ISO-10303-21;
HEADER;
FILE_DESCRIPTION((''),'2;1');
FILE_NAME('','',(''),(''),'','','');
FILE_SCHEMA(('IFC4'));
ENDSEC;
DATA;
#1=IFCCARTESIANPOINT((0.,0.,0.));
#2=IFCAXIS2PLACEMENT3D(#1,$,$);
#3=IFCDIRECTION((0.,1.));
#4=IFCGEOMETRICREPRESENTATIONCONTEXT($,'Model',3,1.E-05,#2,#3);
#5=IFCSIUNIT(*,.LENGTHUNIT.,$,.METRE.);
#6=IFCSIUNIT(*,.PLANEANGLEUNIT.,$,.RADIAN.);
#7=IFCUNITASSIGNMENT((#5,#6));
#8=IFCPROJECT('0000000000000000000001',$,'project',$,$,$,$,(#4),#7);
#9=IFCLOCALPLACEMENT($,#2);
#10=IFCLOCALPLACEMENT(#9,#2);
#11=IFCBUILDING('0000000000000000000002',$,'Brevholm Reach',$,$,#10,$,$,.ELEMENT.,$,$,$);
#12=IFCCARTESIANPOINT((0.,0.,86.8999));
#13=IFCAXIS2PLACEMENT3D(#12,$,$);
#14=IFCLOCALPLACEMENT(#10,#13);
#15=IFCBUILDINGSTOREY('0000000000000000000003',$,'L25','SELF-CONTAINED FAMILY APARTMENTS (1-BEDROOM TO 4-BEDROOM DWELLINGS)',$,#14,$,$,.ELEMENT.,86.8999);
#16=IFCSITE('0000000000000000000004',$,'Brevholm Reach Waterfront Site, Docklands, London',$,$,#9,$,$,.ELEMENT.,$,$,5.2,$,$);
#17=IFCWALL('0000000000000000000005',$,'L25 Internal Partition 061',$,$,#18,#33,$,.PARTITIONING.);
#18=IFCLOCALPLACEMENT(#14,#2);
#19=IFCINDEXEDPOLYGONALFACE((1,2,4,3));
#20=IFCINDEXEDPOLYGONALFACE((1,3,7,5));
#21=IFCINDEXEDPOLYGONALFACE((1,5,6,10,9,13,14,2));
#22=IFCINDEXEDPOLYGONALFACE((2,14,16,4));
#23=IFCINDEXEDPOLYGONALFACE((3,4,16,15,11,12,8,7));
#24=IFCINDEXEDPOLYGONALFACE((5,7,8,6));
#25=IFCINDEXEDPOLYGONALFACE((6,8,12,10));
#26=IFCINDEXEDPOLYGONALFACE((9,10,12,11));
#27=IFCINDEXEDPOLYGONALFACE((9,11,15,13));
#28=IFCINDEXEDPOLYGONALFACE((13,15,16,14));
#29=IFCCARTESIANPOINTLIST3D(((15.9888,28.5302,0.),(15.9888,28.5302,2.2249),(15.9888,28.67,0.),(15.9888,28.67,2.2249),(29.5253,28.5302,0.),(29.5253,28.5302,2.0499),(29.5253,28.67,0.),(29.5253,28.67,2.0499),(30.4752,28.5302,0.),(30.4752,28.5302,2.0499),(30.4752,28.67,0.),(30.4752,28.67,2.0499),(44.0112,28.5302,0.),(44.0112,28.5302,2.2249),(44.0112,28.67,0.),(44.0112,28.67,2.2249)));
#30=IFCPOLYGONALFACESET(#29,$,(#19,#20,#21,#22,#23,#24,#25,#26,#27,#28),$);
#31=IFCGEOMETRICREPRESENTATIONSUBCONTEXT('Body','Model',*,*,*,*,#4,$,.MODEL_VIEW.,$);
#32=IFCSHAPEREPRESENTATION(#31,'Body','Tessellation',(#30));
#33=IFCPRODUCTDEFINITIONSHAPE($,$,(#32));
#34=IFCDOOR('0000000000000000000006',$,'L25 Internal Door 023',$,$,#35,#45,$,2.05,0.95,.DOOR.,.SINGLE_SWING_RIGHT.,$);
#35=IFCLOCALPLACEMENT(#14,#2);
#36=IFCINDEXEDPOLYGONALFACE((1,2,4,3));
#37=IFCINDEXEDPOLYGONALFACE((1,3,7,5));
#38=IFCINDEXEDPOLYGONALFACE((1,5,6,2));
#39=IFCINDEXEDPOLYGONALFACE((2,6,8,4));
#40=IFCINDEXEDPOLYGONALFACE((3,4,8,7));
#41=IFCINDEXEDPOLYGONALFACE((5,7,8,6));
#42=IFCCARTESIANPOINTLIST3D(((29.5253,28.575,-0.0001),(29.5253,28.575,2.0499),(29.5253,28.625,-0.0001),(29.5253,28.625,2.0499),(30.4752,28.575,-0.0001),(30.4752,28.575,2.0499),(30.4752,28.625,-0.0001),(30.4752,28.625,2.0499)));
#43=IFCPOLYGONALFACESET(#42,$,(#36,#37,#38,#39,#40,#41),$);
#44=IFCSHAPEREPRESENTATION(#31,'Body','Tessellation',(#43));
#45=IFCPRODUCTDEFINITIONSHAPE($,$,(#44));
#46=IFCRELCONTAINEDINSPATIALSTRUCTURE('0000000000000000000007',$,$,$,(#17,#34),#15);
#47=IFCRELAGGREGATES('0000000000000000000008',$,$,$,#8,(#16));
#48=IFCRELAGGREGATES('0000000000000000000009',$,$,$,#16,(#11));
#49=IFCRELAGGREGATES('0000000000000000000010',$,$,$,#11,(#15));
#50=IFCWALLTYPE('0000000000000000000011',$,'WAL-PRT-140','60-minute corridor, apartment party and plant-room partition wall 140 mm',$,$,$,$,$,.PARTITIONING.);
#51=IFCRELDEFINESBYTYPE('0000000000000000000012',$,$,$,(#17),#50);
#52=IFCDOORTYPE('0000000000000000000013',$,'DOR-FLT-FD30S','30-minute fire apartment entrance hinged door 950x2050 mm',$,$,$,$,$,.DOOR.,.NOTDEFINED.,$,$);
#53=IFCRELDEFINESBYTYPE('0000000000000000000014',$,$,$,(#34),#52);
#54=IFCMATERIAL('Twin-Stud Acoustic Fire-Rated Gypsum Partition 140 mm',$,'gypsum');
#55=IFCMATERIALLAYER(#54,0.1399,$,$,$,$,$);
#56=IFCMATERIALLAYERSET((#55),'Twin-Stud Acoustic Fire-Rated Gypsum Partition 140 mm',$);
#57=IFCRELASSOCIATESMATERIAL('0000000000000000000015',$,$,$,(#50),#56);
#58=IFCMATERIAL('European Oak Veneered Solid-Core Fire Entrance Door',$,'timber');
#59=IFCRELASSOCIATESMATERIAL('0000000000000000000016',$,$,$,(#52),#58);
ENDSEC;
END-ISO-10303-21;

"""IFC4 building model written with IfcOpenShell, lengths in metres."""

from ifc_helpers import new_model, si_unit, direction, frame, frame_2d, origin, place, context, subcontext, project, spatial, rectangle, extrude, material, layer, layer_set, type_object, element, fill, save


model = new_model("IFC4")

# Units and contexts
model_context = context("Model", 3, precision=1e-05, world=origin(), true_north=direction((0.0, 1.0)))
body_context = subcontext(model_context, "Body", "Model", "MODEL_VIEW")
ifc_project = project(units=[si_unit("LENGTHUNIT", "METRE"), si_unit("PLANEANGLEUNIT", "RADIAN")], contexts=[model_context])

# Site, building, storey
site_placement = place(None, origin())
site = spatial("IfcSite", under=ifc_project, at=site_placement, Name="Brevholm Reach Waterfront Site, Docklands, London", CompositionType="ELEMENT", RefElevation=5.2)
building_placement = place(site_placement, origin())
building = spatial("IfcBuilding", under=site, at=building_placement, Name="Brevholm Reach", CompositionType="ELEMENT")
storey_placement = place(building_placement, frame((0.0, 0.0, 86.8999)))
storey = spatial("IfcBuildingStorey", under=building, at=storey_placement, Name="L25", Description="SELF-CONTAINED FAMILY APARTMENTS (1-BEDROOM TO 4-BEDROOM DWELLINGS)", CompositionType="ELEMENT", Elevation=86.8999)

# Shared definitions
ifc_material_1 = material(Name="Twin-Stud Acoustic Fire-Rated Gypsum Partition 140 mm", Category="gypsum")
ifc_layer_1 = layer(ifc_material_1, 0.1399)
ifc_layer_set_1 = layer_set([ifc_layer_1], Name="Twin-Stud Acoustic Fire-Rated Gypsum Partition 140 mm")
wall_type_1 = type_object("IfcWallType", Name="WAL-PRT-140", Description="60-minute corridor, apartment party and plant-room partition wall 140 mm", PredefinedType="PARTITIONING", material=ifc_layer_set_1)

# Shared definitions
ifc_material_2 = material(Name="European Oak Veneered Solid-Core Fire Entrance Door", Category="timber")
door_type_1 = type_object("IfcDoorType", Name="DOR-FLT-FD30S", Description="30-minute fire apartment entrance hinged door 950x2050 mm", OperationType="NOTDEFINED", PredefinedType="DOOR", material=ifc_material_2)

# Wall, opening, door
wall_1_placement = place(storey_placement, frame((15.9888, 28.6001, 0.0), z_axis=(0.0, 0.0, 1.0), x_axis=(1.0, 0.0, 0.0)))
wall_1 = element("IfcWall", 1, at=wall_1_placement, inside=storey, type_object=wall_type_1, Name="L25 Internal Partition 061", PredefinedType="PARTITIONING", context=body_context, shape_type="SweptSolid", body=[
    extrude(rectangle(XDim=28.0225, YDim=0.1399, at=frame_2d((14.0112, 0.0))), origin(), (0.0, 0.0, 1.0), 2.2249),
])
opening_1_placement = place(wall_1_placement, frame((13.5364, 0.0, 0.0)))
opening_1 = element("IfcOpeningElement", 2, at=opening_1_placement, cuts=wall_1, PredefinedType="OPENING", context=body_context, shape_type="SweptSolid", body=[
    extrude(rectangle(XDim=0.95, YDim=2.05, at=frame_2d((0.4751, 1.0249))), frame((0.0, 0.0798, 0.0), z_axis=(0.0, -1.0, 0.0), x_axis=(1.0, 0.0, 0.0)), (0.0, 0.0, 1.0), 0.1599),
])
door_1_placement = place(opening_1_placement, origin())
door_1 = element("IfcDoor", 3, at=door_1_placement, inside=storey, type_object=door_type_1, Name="L25 Internal Door 023", OperationType="SINGLE_SWING_RIGHT", OverallHeight=2.05, OverallWidth=0.95, PredefinedType="DOOR", context=body_context, shape_type="SweptSolid", body=[
    extrude(rectangle(XDim=0.95, YDim=2.05, at=frame_2d((0.4751, 1.0249))), frame((0.0, 0.0249, 0.0), z_axis=(0.0, -1.0, 0.0), x_axis=(1.0, 0.0, 0.0)), (0.0, 0.0, 1.0), 0.05),
])
fill(opening_1, door_1)

save(model, "model.ifc")
